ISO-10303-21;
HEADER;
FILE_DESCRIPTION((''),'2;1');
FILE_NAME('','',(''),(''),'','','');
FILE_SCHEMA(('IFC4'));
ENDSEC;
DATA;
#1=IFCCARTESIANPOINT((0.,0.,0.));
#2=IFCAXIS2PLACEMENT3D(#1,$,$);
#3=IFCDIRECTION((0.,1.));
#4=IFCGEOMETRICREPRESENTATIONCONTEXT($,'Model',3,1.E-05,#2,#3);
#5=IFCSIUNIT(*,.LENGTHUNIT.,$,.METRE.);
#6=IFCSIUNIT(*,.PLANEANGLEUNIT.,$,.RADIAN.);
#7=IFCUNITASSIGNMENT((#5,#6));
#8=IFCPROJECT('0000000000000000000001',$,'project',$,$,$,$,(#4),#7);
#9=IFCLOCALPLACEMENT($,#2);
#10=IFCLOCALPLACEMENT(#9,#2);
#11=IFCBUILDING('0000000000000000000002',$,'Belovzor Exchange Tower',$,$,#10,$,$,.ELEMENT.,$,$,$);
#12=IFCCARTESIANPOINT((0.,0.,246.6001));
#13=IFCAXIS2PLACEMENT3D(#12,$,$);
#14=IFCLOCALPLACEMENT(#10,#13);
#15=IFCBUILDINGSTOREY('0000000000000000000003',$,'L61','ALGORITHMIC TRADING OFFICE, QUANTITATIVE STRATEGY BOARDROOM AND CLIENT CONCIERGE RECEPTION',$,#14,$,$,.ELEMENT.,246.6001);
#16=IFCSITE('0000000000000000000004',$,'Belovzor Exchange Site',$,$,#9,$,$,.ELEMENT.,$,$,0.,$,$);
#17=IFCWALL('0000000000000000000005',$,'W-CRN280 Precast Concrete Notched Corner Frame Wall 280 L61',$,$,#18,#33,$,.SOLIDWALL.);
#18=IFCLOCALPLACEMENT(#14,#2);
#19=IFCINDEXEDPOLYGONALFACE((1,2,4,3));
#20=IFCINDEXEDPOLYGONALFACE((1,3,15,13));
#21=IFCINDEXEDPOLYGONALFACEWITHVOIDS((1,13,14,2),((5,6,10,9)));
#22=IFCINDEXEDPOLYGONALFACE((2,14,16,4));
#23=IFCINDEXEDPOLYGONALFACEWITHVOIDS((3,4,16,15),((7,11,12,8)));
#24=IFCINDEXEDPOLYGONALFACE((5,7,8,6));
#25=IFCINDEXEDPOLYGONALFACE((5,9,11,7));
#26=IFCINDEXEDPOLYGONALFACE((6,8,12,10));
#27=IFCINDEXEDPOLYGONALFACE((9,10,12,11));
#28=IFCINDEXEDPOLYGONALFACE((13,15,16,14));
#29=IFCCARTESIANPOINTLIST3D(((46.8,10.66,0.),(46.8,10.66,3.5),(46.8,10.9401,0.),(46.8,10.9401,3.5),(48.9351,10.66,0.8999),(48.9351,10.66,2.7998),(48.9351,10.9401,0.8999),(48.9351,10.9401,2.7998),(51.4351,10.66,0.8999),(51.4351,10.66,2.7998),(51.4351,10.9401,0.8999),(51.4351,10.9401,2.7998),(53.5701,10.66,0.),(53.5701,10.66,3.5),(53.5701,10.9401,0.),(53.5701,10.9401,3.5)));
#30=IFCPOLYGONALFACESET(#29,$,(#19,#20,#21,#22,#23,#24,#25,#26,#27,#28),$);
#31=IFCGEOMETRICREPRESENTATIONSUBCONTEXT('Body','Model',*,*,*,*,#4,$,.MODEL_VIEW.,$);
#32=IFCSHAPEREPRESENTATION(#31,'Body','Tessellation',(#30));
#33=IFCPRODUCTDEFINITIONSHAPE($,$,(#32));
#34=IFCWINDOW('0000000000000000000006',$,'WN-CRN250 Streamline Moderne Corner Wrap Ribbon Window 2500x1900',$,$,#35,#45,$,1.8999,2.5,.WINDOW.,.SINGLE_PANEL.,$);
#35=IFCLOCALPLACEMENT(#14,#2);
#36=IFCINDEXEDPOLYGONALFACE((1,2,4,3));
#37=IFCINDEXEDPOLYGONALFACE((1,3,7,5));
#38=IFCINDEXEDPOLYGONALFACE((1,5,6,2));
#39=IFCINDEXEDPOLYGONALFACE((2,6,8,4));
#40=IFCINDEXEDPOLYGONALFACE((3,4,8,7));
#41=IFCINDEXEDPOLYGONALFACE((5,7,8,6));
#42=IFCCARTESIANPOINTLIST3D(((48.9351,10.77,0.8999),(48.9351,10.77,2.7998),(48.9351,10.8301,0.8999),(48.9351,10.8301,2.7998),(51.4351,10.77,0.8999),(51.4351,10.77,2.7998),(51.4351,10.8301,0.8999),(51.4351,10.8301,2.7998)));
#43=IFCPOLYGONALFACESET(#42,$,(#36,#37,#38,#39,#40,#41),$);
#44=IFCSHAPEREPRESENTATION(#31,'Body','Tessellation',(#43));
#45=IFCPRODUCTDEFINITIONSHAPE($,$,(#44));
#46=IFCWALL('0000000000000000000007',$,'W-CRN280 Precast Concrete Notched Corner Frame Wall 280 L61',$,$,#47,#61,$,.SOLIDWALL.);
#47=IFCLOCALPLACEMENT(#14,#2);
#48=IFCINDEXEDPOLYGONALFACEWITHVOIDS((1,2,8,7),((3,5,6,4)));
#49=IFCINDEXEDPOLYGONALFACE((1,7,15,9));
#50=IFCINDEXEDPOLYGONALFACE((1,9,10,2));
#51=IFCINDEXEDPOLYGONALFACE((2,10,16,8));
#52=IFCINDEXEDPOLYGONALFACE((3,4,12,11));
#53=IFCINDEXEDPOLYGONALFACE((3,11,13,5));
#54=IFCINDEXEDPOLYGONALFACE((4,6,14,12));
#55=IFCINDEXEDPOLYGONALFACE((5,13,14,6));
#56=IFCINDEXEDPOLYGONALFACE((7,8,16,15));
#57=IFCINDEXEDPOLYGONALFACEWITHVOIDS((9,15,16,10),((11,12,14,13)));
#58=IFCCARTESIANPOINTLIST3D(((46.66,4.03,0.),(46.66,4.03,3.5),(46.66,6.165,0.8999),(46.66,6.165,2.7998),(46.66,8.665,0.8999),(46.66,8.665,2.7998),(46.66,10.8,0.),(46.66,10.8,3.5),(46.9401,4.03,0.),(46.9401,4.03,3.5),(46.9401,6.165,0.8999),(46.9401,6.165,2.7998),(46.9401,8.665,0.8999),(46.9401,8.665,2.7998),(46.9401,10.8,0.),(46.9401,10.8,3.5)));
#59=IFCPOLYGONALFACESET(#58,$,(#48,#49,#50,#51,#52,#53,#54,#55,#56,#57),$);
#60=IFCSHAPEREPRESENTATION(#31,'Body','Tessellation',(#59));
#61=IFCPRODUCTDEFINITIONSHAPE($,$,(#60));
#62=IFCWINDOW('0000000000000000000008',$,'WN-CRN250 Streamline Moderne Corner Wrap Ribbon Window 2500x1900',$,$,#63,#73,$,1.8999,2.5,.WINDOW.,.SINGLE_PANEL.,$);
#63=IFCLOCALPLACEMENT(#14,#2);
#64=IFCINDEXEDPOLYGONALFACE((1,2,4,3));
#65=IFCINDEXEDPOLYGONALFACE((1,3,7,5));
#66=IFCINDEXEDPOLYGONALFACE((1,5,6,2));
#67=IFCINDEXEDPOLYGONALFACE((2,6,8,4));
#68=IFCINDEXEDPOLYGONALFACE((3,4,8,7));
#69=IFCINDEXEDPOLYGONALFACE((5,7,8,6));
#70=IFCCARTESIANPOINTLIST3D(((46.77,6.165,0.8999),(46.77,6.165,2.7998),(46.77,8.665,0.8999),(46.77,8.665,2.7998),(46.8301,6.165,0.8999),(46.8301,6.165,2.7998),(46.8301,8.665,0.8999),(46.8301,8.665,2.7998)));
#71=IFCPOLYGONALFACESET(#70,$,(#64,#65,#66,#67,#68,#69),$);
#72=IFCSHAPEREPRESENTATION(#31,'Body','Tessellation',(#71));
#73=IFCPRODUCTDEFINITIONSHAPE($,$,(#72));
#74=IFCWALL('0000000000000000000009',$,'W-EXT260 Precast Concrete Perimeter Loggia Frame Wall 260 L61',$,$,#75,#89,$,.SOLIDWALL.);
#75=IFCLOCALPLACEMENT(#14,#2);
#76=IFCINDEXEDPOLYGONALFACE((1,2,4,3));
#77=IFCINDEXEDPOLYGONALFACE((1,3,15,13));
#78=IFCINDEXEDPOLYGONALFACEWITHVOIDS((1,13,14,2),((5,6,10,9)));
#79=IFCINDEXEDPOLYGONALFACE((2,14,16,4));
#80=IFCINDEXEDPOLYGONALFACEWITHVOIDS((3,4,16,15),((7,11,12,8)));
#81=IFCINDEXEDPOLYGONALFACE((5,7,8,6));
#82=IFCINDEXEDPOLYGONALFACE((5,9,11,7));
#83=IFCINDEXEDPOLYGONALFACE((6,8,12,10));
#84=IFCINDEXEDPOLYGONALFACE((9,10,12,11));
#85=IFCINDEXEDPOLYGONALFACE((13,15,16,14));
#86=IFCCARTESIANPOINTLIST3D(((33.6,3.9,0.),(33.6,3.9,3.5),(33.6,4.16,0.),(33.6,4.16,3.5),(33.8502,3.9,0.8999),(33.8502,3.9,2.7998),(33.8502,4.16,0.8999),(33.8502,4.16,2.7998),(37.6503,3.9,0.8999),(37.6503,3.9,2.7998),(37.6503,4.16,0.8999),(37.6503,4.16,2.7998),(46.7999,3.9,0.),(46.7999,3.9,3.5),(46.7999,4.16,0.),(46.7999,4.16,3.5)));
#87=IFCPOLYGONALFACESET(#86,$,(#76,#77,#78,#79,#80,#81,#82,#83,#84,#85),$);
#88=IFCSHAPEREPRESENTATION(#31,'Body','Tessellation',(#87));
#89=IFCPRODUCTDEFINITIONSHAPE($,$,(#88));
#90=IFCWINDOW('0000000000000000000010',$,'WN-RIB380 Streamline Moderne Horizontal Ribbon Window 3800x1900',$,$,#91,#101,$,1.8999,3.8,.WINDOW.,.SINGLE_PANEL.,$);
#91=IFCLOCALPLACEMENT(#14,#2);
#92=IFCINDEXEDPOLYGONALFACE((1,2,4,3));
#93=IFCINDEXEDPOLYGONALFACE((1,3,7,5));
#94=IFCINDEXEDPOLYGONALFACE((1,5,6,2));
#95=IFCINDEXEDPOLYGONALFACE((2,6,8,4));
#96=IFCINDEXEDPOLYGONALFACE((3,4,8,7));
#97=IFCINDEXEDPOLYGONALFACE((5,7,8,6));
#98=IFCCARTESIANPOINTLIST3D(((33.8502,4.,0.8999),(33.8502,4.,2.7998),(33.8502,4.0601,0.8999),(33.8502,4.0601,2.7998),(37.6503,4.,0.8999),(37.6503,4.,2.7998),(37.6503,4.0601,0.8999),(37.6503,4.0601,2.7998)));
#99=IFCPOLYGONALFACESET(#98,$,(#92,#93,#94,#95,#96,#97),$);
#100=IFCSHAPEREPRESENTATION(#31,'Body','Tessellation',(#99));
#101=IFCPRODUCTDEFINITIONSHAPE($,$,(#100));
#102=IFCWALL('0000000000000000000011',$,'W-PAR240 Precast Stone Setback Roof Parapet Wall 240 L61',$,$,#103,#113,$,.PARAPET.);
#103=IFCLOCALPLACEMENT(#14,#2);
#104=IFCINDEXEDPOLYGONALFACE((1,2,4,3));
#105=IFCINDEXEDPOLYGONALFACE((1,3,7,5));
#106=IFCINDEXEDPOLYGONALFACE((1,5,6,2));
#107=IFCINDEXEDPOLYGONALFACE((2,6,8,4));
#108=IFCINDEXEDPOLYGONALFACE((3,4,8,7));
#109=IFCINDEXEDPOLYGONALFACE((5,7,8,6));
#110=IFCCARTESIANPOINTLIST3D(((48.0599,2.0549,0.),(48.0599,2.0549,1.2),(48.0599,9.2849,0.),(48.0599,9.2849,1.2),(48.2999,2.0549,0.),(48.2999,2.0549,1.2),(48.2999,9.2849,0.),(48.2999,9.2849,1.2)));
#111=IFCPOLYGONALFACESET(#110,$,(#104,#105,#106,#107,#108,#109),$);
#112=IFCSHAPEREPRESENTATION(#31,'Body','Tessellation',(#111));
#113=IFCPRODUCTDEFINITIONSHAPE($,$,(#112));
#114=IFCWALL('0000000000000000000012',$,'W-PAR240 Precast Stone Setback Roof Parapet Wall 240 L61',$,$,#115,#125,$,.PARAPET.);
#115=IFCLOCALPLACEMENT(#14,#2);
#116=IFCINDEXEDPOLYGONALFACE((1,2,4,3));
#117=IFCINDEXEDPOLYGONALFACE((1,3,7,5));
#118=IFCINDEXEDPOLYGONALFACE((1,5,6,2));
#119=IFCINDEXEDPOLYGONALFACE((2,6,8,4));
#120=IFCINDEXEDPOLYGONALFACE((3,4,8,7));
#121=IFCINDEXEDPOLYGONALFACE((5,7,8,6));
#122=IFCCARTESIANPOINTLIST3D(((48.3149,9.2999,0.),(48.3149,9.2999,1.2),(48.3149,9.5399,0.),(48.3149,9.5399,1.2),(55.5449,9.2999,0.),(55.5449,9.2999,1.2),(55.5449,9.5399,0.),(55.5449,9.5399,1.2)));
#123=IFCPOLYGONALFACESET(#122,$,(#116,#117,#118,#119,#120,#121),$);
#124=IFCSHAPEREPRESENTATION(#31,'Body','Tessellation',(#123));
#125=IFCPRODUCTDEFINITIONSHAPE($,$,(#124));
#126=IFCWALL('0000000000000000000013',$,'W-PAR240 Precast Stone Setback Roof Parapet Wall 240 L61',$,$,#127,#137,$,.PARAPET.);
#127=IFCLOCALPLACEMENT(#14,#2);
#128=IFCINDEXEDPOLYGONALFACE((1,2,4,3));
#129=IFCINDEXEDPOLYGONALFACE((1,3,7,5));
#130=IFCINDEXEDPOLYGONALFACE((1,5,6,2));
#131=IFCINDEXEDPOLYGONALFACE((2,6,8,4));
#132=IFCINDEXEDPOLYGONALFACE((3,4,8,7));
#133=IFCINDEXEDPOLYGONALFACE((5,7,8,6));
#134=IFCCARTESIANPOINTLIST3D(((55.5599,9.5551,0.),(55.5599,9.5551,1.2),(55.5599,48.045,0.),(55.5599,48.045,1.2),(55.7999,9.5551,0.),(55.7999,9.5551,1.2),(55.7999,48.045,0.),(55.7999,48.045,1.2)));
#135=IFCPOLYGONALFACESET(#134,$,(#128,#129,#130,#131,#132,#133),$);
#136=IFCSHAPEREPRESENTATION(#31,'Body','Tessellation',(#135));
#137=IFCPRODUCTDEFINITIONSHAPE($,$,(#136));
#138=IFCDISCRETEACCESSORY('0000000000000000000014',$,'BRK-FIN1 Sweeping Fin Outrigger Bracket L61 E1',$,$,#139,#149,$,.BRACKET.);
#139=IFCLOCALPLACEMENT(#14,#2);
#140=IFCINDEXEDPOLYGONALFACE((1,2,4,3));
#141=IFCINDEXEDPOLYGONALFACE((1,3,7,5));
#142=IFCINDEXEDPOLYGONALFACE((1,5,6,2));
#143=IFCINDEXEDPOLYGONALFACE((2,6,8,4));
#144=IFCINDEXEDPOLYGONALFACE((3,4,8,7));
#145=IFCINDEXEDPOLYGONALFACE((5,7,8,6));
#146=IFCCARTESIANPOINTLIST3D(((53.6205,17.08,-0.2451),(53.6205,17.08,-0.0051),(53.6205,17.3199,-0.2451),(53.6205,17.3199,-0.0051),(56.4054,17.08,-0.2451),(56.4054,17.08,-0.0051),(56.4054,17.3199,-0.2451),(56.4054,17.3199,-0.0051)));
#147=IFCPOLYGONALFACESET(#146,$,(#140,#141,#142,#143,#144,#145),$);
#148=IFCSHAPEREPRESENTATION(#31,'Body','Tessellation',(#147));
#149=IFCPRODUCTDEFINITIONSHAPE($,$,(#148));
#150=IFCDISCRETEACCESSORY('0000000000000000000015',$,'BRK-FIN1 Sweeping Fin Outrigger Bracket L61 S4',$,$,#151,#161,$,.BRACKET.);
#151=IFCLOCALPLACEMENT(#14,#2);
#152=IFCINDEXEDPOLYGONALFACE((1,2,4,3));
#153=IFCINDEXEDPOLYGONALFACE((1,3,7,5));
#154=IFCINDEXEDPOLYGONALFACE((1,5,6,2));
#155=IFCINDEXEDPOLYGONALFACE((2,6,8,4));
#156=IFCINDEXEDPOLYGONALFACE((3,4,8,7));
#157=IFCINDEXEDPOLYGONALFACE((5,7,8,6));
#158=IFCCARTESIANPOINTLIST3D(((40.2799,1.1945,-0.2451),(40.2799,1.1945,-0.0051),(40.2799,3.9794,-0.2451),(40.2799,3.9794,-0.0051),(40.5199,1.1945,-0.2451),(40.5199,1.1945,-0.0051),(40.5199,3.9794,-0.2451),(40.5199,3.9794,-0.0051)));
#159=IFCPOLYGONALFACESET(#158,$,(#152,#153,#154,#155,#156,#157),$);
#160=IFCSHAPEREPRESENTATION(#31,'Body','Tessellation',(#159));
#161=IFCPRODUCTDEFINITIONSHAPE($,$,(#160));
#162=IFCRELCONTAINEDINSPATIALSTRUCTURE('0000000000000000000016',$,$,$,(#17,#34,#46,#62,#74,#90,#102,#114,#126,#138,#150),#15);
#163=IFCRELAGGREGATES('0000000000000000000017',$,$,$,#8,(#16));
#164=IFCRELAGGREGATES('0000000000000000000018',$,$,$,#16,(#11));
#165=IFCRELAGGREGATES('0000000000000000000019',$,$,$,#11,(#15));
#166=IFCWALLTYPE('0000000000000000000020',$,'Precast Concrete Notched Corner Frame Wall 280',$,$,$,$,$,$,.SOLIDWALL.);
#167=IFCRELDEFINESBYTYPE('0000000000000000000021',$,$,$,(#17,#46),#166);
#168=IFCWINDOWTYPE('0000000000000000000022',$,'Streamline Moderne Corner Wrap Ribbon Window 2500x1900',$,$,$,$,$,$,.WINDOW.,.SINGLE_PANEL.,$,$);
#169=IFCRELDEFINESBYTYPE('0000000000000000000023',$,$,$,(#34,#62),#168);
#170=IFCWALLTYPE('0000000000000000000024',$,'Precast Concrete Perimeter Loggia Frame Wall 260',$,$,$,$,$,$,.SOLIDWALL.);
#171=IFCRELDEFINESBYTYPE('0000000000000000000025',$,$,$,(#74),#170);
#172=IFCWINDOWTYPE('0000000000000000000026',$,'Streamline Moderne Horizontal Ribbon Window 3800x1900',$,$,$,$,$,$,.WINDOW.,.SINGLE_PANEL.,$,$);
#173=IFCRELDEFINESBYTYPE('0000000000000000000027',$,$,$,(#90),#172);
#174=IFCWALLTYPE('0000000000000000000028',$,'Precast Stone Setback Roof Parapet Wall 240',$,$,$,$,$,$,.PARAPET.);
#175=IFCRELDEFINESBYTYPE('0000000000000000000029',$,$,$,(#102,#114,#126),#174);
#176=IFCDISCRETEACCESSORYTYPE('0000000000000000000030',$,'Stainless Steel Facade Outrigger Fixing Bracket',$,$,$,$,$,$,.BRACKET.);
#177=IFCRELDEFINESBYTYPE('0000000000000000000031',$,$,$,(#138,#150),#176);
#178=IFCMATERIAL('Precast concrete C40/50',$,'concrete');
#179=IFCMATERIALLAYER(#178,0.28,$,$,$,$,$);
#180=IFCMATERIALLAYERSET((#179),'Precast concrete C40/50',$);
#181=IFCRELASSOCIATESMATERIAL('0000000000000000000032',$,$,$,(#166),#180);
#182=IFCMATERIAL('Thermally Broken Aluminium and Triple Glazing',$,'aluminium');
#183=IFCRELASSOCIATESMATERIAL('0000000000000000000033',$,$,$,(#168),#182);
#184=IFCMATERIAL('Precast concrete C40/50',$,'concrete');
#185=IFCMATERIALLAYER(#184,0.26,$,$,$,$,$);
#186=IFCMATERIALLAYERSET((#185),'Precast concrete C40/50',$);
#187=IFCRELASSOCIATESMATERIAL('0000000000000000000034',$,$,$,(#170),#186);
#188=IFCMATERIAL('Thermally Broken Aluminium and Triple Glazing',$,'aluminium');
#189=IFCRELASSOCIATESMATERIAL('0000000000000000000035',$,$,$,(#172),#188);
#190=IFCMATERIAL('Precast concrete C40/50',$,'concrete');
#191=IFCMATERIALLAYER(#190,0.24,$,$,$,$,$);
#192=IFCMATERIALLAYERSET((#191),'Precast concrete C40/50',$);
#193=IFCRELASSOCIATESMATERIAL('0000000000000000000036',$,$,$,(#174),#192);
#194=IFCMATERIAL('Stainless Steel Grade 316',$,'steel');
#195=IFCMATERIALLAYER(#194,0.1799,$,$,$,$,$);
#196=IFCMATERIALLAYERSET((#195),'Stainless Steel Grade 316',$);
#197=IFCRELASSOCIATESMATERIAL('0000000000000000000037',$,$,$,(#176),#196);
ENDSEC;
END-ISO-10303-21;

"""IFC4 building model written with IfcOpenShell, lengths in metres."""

from ifc_helpers import new_model, si_unit, direction, frame, frame_2d, origin, origin_2d, place, context, subcontext, project, spatial, rectangle, extrude, material, layer, layer_set, type_object, element, fill, save


model = new_model("IFC4")

# Units and contexts
model_context = context("Model", 3, precision=1e-05, world=origin(), true_north=direction((0.0, 1.0)))
body_context = subcontext(model_context, "Body", "Model", "MODEL_VIEW")
ifc_project = project(units=[si_unit("LENGTHUNIT", "METRE"), si_unit("PLANEANGLEUNIT", "RADIAN")], contexts=[model_context])

# Site, building, storey
site_placement = place(None, origin())
site = spatial("IfcSite", under=ifc_project, at=site_placement, Name="Belovzor Exchange Site", CompositionType="ELEMENT", RefElevation=0.0)
building_placement = place(site_placement, origin())
building = spatial("IfcBuilding", under=site, at=building_placement, Name="Belovzor Exchange Tower", CompositionType="ELEMENT")
storey_placement = place(building_placement, frame((0.0, 0.0, 246.6001)))
storey = spatial("IfcBuildingStorey", under=building, at=storey_placement, Name="L61", Description="ALGORITHMIC TRADING OFFICE, QUANTITATIVE STRATEGY BOARDROOM AND CLIENT CONCIERGE RECEPTION", CompositionType="ELEMENT", Elevation=246.6001)

# Walls, openings, windows
ifc_material_1 = material(Name="Precast concrete C40/50", Category="concrete")
ifc_layer_1 = layer(ifc_material_1, 0.28)
ifc_layer_set_1 = layer_set([ifc_layer_1], Name="Precast concrete C40/50")
wall_type_1 = type_object("IfcWallType", Name="Precast Concrete Notched Corner Frame Wall 280", PredefinedType="SOLIDWALL", material=ifc_layer_set_1)
wall_1_placement = place(storey_placement, frame((53.5701, 10.8, 0.0), z_axis=(0.0, 0.0, 1.0), x_axis=(-1.0, 0.0, 0.0)))
wall_1 = element("IfcWall", 1, at=wall_1_placement, inside=storey, type_object=wall_type_1, Name="W-CRN280 Precast Concrete Notched Corner Frame Wall 280 L61", PredefinedType="SOLIDWALL", context=body_context, shape_type="SweptSolid", body=[
    extrude(rectangle(XDim=6.77, YDim=0.28, at=frame_2d((3.385, 0.0))), origin(), (0.0, 0.0, 1.0), 3.5),
])
opening_1_placement = place(wall_1_placement, frame((2.135, 0.0, 0.8999)))
opening_1 = element("IfcOpeningElement", 2, at=opening_1_placement, cuts=wall_1, PredefinedType="OPENING", context=body_context, shape_type="SweptSolid", body=[
    extrude(rectangle(XDim=2.5, YDim=1.8999, at=frame_2d((1.25, 0.95))), frame((0.0, 0.1499, 0.0), z_axis=(0.0, -1.0, 0.0), x_axis=(1.0, 0.0, 0.0)), (0.0, 0.0, 1.0), 0.3),
])
ifc_material_2 = material(Name="Thermally Broken Aluminium and Triple Glazing", Category="aluminium")
window_type_1 = type_object("IfcWindowType", Name="Streamline Moderne Corner Wrap Ribbon Window 2500x1900", PartitioningType="SINGLE_PANEL", PredefinedType="WINDOW", material=ifc_material_2)
window_1_placement = place(opening_1_placement, origin())
window_1 = element("IfcWindow", 3, at=window_1_placement, inside=storey, type_object=window_type_1, Name="WN-CRN250 Streamline Moderne Corner Wrap Ribbon Window 2500x1900", OverallHeight=1.8999, OverallWidth=2.5, PartitioningType="SINGLE_PANEL", PredefinedType="WINDOW", context=body_context, shape_type="SweptSolid", body=[
    extrude(rectangle(XDim=2.5, YDim=1.8999, at=frame_2d((1.25, 0.95))), frame((0.0, 0.03, 0.0), z_axis=(0.0, -1.0, 0.0), x_axis=(1.0, 0.0, 0.0)), (0.0, 0.0, 1.0), 0.0601),
])
fill(opening_1, window_1)
wall_2_placement = place(storey_placement, frame((46.8, 10.8, 0.0), z_axis=(0.0, 0.0, 1.0), x_axis=(0.0, -1.0, 0.0)))
wall_2 = element("IfcWall", 4, at=wall_2_placement, inside=storey, type_object=wall_type_1, Name="W-CRN280 Precast Concrete Notched Corner Frame Wall 280 L61", PredefinedType="SOLIDWALL", context=body_context, shape_type="SweptSolid", body=[
    extrude(rectangle(XDim=6.77, YDim=0.28, at=frame_2d((3.385, 0.0))), origin(), (0.0, 0.0, 1.0), 3.5),
])
opening_2_placement = place(wall_2_placement, frame((2.135, 0.0, 0.8999)))
opening_2 = element("IfcOpeningElement", 5, at=opening_2_placement, cuts=wall_2, PredefinedType="OPENING", context=body_context, shape_type="SweptSolid", body=[
    extrude(rectangle(XDim=2.5, YDim=1.8999, at=frame_2d((1.25, 0.95))), frame((0.0, 0.1499, 0.0), z_axis=(0.0, -1.0, 0.0), x_axis=(1.0, 0.0, 0.0)), (0.0, 0.0, 1.0), 0.3),
])
window_2_placement = place(opening_2_placement, origin())
window_2 = element("IfcWindow", 6, at=window_2_placement, inside=storey, type_object=window_type_1, Name="WN-CRN250 Streamline Moderne Corner Wrap Ribbon Window 2500x1900", OverallHeight=1.8999, OverallWidth=2.5, PartitioningType="SINGLE_PANEL", PredefinedType="WINDOW", context=body_context, shape_type="SweptSolid", body=[
    extrude(rectangle(XDim=2.5, YDim=1.8999, at=frame_2d((1.25, 0.95))), frame((0.0, 0.03, 0.0), z_axis=(0.0, -1.0, 0.0), x_axis=(1.0, 0.0, 0.0)), (0.0, 0.0, 1.0), 0.0601),
])
fill(opening_2, window_2)
ifc_material_3 = material(Name="Precast concrete C40/50", Category="concrete")
ifc_layer_2 = layer(ifc_material_3, 0.26)
ifc_layer_set_2 = layer_set([ifc_layer_2], Name="Precast concrete C40/50")
wall_type_2 = type_object("IfcWallType", Name="Precast Concrete Perimeter Loggia Frame Wall 260", PredefinedType="SOLIDWALL", material=ifc_layer_set_2)
wall_3_placement = place(storey_placement, frame((46.8, 4.03, 0.0), z_axis=(0.0, 0.0, 1.0), x_axis=(-1.0, 0.0, 0.0)))
wall_3 = element("IfcWall", 7, at=wall_3_placement, inside=storey, type_object=wall_type_2, Name="W-EXT260 Precast Concrete Perimeter Loggia Frame Wall 260 L61", PredefinedType="SOLIDWALL", context=body_context, shape_type="SweptSolid", body=[
    extrude(rectangle(XDim=13.2, YDim=0.26, at=frame_2d((6.6001, 0.0))), origin(), (0.0, 0.0, 1.0), 3.5),
])
opening_3_placement = place(wall_3_placement, frame((9.1499, 0.0, 0.8999)))
opening_3 = element("IfcOpeningElement", 8, at=opening_3_placement, cuts=wall_3, PredefinedType="OPENING", context=body_context, shape_type="SweptSolid", body=[
    extrude(rectangle(XDim=3.8, YDim=1.8999, at=frame_2d((1.8999, 0.95))), frame((0.0, 0.1399, 0.0), z_axis=(0.0, -1.0, 0.0), x_axis=(1.0, 0.0, 0.0)), (0.0, 0.0, 1.0), 0.28),
])
ifc_material_4 = material(Name="Thermally Broken Aluminium and Triple Glazing", Category="aluminium")
window_type_2 = type_object("IfcWindowType", Name="Streamline Moderne Horizontal Ribbon Window 3800x1900", PartitioningType="SINGLE_PANEL", PredefinedType="WINDOW", material=ifc_material_4)
window_3_placement = place(opening_3_placement, origin())
window_3 = element("IfcWindow", 9, at=window_3_placement, inside=storey, type_object=window_type_2, Name="WN-RIB380 Streamline Moderne Horizontal Ribbon Window 3800x1900", OverallHeight=1.8999, OverallWidth=3.8, PartitioningType="SINGLE_PANEL", PredefinedType="WINDOW", context=body_context, shape_type="SweptSolid", body=[
    extrude(rectangle(XDim=3.8, YDim=1.8999, at=frame_2d((1.8999, 0.95))), frame((0.0, 0.03, 0.0), z_axis=(0.0, -1.0, 0.0), x_axis=(1.0, 0.0, 0.0)), (0.0, 0.0, 1.0), 0.0601),
])
fill(opening_3, window_3)

# Walls
ifc_material_5 = material(Name="Precast concrete C40/50", Category="concrete")
ifc_layer_3 = layer(ifc_material_5, 0.24)
ifc_layer_set_3 = layer_set([ifc_layer_3], Name="Precast concrete C40/50")
wall_type_3 = type_object("IfcWallType", Name="Precast Stone Setback Roof Parapet Wall 240", PredefinedType="PARAPET", material=ifc_layer_set_3)
for number, where, z_axis, x_axis, name in (
    (10, (48.1799, 2.0549, 0.0), (0.0, 0.0, 1.0), (0.0, 1.0, 0.0), "W-PAR240 Precast Stone Setback Roof Parapet Wall 240 L61"),
    (11, (48.3149, 9.4199, 0.0), (0.0, 0.0, 1.0), (1.0, 0.0, 0.0), "W-PAR240 Precast Stone Setback Roof Parapet Wall 240 L61"),
):
    element("IfcWall", number, at=place(storey_placement, frame(where, z_axis=z_axis, x_axis=x_axis)), inside=storey, type_object=wall_type_3, Name=name, PredefinedType="PARAPET", context=body_context, shape_type="SweptSolid", body=[
        extrude(rectangle(XDim=7.23, YDim=0.24, at=frame_2d((3.615, 0.0))), origin(), (0.0, 0.0, 1.0), 1.2),
    ])
wall_4_placement = place(storey_placement, frame((55.6799, 9.5549, 0.0), z_axis=(0.0, 0.0, 1.0), x_axis=(0.0, 1.0, 0.0)))
element("IfcWall", 12, at=wall_4_placement, inside=storey, type_object=wall_type_3, Name="W-PAR240 Precast Stone Setback Roof Parapet Wall 240 L61", PredefinedType="PARAPET", context=body_context, shape_type="SweptSolid", body=[
    extrude(rectangle(XDim=38.49, YDim=0.24, at=frame_2d((19.2451, 0.0))), origin(), (0.0, 0.0, 1.0), 1.2),
])

# Discrete accessories
ifc_material_6 = material(Name="Stainless Steel Grade 316", Category="steel")
ifc_layer_4 = layer(ifc_material_6, 0.1799)
ifc_layer_set_4 = layer_set([ifc_layer_4], Name="Stainless Steel Grade 316")
discrete_accessory_type = type_object("IfcDiscreteAccessoryType", Name="Stainless Steel Facade Outrigger Fixing Bracket", PredefinedType="BRACKET", material=ifc_layer_set_4)
for number, where, z_axis, x_axis, name in (
    (13, (55.0129, 17.2, -0.2451), (0.0, 0.0, 1.0), (1.0, 0.0, 0.0), "BRK-FIN1 Sweeping Fin Outrigger Bracket L61 E1"),
    (14, (40.3999, 2.5869, -0.2451), (0.0, 0.0, 1.0), (0.0, 1.0, 0.0), "BRK-FIN1 Sweeping Fin Outrigger Bracket L61 S4"),
):
    element("IfcDiscreteAccessory", number, at=place(storey_placement, frame(where, z_axis=z_axis, x_axis=x_axis)), inside=storey, type_object=discrete_accessory_type, Name=name, PredefinedType="BRACKET", context=body_context, shape_type="SweptSolid", body=[
        extrude(rectangle(XDim=2.7849, YDim=0.24, at=origin_2d()), origin(), (0.0, 0.0, 1.0), 0.24),
    ])

save(model, "model.ifc")
